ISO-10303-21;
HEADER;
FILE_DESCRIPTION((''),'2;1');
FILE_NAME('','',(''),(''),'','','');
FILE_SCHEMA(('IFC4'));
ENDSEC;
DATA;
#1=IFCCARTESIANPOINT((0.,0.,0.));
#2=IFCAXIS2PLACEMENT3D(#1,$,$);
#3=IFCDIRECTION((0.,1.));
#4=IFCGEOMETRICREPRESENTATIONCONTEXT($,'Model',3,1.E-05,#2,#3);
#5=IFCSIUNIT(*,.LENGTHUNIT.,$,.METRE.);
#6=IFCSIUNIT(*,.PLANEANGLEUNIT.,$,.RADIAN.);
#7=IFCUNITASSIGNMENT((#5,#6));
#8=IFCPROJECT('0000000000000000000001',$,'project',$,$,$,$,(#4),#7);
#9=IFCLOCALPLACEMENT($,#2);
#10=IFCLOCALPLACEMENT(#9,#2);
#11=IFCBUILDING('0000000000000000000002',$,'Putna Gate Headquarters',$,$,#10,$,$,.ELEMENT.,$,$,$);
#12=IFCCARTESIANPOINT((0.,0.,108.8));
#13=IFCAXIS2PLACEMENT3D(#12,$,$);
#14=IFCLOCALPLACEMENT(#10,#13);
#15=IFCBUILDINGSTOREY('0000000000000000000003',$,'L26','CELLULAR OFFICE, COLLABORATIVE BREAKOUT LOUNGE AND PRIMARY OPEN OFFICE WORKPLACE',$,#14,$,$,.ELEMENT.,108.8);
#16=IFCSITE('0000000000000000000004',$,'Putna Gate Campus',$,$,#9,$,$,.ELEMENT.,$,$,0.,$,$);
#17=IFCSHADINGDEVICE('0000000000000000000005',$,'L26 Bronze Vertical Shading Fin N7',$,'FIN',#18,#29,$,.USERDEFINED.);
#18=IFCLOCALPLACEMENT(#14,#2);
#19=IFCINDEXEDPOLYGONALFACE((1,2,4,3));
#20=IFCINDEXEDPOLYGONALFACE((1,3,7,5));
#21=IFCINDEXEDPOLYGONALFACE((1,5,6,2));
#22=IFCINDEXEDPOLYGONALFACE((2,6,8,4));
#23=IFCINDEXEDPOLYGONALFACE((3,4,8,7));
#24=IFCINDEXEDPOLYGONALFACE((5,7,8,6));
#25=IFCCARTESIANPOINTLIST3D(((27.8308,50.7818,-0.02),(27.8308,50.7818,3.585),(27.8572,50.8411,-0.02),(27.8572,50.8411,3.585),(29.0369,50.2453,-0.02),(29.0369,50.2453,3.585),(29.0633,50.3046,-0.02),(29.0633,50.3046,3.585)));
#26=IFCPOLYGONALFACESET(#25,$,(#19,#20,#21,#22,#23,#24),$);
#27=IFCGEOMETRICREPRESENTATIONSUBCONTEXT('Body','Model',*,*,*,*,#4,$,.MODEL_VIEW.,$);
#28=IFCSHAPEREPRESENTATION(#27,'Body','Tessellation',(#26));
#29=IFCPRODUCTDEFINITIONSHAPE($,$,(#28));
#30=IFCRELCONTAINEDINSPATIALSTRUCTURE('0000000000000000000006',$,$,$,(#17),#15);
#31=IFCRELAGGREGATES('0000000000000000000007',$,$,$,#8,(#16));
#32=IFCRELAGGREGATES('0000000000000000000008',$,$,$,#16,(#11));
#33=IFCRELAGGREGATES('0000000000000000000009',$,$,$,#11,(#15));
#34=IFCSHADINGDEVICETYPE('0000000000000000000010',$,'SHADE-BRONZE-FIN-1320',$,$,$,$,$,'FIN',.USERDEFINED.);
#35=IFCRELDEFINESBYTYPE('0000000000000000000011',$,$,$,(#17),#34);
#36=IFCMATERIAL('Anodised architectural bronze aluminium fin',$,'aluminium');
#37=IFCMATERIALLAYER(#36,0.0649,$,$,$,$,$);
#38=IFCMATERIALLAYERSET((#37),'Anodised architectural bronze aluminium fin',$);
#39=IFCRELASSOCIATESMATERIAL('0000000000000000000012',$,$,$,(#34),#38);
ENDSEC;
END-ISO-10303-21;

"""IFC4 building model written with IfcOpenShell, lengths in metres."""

from ifc_helpers import new_model, si_unit, direction, frame, origin, origin_2d, place, context, subcontext, project, spatial, rectangle, extrude, material, layer, layer_set, type_object, element, save


model = new_model("IFC4")

# Units and contexts
model_context = context("Model", 3, precision=1e-05, world=origin(), true_north=direction((0.0, 1.0)))
body_context = subcontext(model_context, "Body", "Model", "MODEL_VIEW")
ifc_project = project(units=[si_unit("LENGTHUNIT", "METRE"), si_unit("PLANEANGLEUNIT", "RADIAN")], contexts=[model_context])

# Site, building, storey
site_placement = place(None, origin())
site = spatial("IfcSite", under=ifc_project, at=site_placement, Name="Putna Gate Campus", CompositionType="ELEMENT", RefElevation=0.0)
building_placement = place(site_placement, origin())
building = spatial("IfcBuilding", under=site, at=building_placement, Name="Putna Gate Headquarters", CompositionType="ELEMENT")
storey_placement = place(building_placement, frame((0.0, 0.0, 108.8)))
storey = spatial("IfcBuildingStorey", under=building, at=storey_placement, Name="L26", Description="CELLULAR OFFICE, COLLABORATIVE BREAKOUT LOUNGE AND PRIMARY OPEN OFFICE WORKPLACE", CompositionType="ELEMENT", Elevation=108.8)

# Shading device
ifc_material_1 = material(Name="Anodised architectural bronze aluminium fin", Category="aluminium")
ifc_layer_1 = layer(ifc_material_1, 0.0649)
ifc_layer_set_1 = layer_set([ifc_layer_1], Name="Anodised architectural bronze aluminium fin")
shading_device_type = type_object("IfcShadingDeviceType", Name="SHADE-BRONZE-FIN-1320", ElementType="FIN", PredefinedType="USERDEFINED", material=ifc_layer_set_1)
for number, where, z_axis, x_axis, name in (
    (1, (28.447, 50.5432, -0.02), (0.0, 0.0, 1.0), (-0.913687, 0.406418, 0.0), "L26 Bronze Vertical Shading Fin N7"),
):
    element("IfcShadingDevice", number, at=place(storey_placement, frame(where, z_axis=z_axis, x_axis=x_axis)), inside=storey, type_object=shading_device_type, Name=name, ObjectType="FIN", PredefinedType="USERDEFINED", context=body_context, shape_type="SweptSolid", body=[
        extrude(rectangle(XDim=1.3201, YDim=0.0649, at=origin_2d()), origin(), (0.0, 0.0, 1.0), 3.605),
    ])

save(model, "model.ifc")
